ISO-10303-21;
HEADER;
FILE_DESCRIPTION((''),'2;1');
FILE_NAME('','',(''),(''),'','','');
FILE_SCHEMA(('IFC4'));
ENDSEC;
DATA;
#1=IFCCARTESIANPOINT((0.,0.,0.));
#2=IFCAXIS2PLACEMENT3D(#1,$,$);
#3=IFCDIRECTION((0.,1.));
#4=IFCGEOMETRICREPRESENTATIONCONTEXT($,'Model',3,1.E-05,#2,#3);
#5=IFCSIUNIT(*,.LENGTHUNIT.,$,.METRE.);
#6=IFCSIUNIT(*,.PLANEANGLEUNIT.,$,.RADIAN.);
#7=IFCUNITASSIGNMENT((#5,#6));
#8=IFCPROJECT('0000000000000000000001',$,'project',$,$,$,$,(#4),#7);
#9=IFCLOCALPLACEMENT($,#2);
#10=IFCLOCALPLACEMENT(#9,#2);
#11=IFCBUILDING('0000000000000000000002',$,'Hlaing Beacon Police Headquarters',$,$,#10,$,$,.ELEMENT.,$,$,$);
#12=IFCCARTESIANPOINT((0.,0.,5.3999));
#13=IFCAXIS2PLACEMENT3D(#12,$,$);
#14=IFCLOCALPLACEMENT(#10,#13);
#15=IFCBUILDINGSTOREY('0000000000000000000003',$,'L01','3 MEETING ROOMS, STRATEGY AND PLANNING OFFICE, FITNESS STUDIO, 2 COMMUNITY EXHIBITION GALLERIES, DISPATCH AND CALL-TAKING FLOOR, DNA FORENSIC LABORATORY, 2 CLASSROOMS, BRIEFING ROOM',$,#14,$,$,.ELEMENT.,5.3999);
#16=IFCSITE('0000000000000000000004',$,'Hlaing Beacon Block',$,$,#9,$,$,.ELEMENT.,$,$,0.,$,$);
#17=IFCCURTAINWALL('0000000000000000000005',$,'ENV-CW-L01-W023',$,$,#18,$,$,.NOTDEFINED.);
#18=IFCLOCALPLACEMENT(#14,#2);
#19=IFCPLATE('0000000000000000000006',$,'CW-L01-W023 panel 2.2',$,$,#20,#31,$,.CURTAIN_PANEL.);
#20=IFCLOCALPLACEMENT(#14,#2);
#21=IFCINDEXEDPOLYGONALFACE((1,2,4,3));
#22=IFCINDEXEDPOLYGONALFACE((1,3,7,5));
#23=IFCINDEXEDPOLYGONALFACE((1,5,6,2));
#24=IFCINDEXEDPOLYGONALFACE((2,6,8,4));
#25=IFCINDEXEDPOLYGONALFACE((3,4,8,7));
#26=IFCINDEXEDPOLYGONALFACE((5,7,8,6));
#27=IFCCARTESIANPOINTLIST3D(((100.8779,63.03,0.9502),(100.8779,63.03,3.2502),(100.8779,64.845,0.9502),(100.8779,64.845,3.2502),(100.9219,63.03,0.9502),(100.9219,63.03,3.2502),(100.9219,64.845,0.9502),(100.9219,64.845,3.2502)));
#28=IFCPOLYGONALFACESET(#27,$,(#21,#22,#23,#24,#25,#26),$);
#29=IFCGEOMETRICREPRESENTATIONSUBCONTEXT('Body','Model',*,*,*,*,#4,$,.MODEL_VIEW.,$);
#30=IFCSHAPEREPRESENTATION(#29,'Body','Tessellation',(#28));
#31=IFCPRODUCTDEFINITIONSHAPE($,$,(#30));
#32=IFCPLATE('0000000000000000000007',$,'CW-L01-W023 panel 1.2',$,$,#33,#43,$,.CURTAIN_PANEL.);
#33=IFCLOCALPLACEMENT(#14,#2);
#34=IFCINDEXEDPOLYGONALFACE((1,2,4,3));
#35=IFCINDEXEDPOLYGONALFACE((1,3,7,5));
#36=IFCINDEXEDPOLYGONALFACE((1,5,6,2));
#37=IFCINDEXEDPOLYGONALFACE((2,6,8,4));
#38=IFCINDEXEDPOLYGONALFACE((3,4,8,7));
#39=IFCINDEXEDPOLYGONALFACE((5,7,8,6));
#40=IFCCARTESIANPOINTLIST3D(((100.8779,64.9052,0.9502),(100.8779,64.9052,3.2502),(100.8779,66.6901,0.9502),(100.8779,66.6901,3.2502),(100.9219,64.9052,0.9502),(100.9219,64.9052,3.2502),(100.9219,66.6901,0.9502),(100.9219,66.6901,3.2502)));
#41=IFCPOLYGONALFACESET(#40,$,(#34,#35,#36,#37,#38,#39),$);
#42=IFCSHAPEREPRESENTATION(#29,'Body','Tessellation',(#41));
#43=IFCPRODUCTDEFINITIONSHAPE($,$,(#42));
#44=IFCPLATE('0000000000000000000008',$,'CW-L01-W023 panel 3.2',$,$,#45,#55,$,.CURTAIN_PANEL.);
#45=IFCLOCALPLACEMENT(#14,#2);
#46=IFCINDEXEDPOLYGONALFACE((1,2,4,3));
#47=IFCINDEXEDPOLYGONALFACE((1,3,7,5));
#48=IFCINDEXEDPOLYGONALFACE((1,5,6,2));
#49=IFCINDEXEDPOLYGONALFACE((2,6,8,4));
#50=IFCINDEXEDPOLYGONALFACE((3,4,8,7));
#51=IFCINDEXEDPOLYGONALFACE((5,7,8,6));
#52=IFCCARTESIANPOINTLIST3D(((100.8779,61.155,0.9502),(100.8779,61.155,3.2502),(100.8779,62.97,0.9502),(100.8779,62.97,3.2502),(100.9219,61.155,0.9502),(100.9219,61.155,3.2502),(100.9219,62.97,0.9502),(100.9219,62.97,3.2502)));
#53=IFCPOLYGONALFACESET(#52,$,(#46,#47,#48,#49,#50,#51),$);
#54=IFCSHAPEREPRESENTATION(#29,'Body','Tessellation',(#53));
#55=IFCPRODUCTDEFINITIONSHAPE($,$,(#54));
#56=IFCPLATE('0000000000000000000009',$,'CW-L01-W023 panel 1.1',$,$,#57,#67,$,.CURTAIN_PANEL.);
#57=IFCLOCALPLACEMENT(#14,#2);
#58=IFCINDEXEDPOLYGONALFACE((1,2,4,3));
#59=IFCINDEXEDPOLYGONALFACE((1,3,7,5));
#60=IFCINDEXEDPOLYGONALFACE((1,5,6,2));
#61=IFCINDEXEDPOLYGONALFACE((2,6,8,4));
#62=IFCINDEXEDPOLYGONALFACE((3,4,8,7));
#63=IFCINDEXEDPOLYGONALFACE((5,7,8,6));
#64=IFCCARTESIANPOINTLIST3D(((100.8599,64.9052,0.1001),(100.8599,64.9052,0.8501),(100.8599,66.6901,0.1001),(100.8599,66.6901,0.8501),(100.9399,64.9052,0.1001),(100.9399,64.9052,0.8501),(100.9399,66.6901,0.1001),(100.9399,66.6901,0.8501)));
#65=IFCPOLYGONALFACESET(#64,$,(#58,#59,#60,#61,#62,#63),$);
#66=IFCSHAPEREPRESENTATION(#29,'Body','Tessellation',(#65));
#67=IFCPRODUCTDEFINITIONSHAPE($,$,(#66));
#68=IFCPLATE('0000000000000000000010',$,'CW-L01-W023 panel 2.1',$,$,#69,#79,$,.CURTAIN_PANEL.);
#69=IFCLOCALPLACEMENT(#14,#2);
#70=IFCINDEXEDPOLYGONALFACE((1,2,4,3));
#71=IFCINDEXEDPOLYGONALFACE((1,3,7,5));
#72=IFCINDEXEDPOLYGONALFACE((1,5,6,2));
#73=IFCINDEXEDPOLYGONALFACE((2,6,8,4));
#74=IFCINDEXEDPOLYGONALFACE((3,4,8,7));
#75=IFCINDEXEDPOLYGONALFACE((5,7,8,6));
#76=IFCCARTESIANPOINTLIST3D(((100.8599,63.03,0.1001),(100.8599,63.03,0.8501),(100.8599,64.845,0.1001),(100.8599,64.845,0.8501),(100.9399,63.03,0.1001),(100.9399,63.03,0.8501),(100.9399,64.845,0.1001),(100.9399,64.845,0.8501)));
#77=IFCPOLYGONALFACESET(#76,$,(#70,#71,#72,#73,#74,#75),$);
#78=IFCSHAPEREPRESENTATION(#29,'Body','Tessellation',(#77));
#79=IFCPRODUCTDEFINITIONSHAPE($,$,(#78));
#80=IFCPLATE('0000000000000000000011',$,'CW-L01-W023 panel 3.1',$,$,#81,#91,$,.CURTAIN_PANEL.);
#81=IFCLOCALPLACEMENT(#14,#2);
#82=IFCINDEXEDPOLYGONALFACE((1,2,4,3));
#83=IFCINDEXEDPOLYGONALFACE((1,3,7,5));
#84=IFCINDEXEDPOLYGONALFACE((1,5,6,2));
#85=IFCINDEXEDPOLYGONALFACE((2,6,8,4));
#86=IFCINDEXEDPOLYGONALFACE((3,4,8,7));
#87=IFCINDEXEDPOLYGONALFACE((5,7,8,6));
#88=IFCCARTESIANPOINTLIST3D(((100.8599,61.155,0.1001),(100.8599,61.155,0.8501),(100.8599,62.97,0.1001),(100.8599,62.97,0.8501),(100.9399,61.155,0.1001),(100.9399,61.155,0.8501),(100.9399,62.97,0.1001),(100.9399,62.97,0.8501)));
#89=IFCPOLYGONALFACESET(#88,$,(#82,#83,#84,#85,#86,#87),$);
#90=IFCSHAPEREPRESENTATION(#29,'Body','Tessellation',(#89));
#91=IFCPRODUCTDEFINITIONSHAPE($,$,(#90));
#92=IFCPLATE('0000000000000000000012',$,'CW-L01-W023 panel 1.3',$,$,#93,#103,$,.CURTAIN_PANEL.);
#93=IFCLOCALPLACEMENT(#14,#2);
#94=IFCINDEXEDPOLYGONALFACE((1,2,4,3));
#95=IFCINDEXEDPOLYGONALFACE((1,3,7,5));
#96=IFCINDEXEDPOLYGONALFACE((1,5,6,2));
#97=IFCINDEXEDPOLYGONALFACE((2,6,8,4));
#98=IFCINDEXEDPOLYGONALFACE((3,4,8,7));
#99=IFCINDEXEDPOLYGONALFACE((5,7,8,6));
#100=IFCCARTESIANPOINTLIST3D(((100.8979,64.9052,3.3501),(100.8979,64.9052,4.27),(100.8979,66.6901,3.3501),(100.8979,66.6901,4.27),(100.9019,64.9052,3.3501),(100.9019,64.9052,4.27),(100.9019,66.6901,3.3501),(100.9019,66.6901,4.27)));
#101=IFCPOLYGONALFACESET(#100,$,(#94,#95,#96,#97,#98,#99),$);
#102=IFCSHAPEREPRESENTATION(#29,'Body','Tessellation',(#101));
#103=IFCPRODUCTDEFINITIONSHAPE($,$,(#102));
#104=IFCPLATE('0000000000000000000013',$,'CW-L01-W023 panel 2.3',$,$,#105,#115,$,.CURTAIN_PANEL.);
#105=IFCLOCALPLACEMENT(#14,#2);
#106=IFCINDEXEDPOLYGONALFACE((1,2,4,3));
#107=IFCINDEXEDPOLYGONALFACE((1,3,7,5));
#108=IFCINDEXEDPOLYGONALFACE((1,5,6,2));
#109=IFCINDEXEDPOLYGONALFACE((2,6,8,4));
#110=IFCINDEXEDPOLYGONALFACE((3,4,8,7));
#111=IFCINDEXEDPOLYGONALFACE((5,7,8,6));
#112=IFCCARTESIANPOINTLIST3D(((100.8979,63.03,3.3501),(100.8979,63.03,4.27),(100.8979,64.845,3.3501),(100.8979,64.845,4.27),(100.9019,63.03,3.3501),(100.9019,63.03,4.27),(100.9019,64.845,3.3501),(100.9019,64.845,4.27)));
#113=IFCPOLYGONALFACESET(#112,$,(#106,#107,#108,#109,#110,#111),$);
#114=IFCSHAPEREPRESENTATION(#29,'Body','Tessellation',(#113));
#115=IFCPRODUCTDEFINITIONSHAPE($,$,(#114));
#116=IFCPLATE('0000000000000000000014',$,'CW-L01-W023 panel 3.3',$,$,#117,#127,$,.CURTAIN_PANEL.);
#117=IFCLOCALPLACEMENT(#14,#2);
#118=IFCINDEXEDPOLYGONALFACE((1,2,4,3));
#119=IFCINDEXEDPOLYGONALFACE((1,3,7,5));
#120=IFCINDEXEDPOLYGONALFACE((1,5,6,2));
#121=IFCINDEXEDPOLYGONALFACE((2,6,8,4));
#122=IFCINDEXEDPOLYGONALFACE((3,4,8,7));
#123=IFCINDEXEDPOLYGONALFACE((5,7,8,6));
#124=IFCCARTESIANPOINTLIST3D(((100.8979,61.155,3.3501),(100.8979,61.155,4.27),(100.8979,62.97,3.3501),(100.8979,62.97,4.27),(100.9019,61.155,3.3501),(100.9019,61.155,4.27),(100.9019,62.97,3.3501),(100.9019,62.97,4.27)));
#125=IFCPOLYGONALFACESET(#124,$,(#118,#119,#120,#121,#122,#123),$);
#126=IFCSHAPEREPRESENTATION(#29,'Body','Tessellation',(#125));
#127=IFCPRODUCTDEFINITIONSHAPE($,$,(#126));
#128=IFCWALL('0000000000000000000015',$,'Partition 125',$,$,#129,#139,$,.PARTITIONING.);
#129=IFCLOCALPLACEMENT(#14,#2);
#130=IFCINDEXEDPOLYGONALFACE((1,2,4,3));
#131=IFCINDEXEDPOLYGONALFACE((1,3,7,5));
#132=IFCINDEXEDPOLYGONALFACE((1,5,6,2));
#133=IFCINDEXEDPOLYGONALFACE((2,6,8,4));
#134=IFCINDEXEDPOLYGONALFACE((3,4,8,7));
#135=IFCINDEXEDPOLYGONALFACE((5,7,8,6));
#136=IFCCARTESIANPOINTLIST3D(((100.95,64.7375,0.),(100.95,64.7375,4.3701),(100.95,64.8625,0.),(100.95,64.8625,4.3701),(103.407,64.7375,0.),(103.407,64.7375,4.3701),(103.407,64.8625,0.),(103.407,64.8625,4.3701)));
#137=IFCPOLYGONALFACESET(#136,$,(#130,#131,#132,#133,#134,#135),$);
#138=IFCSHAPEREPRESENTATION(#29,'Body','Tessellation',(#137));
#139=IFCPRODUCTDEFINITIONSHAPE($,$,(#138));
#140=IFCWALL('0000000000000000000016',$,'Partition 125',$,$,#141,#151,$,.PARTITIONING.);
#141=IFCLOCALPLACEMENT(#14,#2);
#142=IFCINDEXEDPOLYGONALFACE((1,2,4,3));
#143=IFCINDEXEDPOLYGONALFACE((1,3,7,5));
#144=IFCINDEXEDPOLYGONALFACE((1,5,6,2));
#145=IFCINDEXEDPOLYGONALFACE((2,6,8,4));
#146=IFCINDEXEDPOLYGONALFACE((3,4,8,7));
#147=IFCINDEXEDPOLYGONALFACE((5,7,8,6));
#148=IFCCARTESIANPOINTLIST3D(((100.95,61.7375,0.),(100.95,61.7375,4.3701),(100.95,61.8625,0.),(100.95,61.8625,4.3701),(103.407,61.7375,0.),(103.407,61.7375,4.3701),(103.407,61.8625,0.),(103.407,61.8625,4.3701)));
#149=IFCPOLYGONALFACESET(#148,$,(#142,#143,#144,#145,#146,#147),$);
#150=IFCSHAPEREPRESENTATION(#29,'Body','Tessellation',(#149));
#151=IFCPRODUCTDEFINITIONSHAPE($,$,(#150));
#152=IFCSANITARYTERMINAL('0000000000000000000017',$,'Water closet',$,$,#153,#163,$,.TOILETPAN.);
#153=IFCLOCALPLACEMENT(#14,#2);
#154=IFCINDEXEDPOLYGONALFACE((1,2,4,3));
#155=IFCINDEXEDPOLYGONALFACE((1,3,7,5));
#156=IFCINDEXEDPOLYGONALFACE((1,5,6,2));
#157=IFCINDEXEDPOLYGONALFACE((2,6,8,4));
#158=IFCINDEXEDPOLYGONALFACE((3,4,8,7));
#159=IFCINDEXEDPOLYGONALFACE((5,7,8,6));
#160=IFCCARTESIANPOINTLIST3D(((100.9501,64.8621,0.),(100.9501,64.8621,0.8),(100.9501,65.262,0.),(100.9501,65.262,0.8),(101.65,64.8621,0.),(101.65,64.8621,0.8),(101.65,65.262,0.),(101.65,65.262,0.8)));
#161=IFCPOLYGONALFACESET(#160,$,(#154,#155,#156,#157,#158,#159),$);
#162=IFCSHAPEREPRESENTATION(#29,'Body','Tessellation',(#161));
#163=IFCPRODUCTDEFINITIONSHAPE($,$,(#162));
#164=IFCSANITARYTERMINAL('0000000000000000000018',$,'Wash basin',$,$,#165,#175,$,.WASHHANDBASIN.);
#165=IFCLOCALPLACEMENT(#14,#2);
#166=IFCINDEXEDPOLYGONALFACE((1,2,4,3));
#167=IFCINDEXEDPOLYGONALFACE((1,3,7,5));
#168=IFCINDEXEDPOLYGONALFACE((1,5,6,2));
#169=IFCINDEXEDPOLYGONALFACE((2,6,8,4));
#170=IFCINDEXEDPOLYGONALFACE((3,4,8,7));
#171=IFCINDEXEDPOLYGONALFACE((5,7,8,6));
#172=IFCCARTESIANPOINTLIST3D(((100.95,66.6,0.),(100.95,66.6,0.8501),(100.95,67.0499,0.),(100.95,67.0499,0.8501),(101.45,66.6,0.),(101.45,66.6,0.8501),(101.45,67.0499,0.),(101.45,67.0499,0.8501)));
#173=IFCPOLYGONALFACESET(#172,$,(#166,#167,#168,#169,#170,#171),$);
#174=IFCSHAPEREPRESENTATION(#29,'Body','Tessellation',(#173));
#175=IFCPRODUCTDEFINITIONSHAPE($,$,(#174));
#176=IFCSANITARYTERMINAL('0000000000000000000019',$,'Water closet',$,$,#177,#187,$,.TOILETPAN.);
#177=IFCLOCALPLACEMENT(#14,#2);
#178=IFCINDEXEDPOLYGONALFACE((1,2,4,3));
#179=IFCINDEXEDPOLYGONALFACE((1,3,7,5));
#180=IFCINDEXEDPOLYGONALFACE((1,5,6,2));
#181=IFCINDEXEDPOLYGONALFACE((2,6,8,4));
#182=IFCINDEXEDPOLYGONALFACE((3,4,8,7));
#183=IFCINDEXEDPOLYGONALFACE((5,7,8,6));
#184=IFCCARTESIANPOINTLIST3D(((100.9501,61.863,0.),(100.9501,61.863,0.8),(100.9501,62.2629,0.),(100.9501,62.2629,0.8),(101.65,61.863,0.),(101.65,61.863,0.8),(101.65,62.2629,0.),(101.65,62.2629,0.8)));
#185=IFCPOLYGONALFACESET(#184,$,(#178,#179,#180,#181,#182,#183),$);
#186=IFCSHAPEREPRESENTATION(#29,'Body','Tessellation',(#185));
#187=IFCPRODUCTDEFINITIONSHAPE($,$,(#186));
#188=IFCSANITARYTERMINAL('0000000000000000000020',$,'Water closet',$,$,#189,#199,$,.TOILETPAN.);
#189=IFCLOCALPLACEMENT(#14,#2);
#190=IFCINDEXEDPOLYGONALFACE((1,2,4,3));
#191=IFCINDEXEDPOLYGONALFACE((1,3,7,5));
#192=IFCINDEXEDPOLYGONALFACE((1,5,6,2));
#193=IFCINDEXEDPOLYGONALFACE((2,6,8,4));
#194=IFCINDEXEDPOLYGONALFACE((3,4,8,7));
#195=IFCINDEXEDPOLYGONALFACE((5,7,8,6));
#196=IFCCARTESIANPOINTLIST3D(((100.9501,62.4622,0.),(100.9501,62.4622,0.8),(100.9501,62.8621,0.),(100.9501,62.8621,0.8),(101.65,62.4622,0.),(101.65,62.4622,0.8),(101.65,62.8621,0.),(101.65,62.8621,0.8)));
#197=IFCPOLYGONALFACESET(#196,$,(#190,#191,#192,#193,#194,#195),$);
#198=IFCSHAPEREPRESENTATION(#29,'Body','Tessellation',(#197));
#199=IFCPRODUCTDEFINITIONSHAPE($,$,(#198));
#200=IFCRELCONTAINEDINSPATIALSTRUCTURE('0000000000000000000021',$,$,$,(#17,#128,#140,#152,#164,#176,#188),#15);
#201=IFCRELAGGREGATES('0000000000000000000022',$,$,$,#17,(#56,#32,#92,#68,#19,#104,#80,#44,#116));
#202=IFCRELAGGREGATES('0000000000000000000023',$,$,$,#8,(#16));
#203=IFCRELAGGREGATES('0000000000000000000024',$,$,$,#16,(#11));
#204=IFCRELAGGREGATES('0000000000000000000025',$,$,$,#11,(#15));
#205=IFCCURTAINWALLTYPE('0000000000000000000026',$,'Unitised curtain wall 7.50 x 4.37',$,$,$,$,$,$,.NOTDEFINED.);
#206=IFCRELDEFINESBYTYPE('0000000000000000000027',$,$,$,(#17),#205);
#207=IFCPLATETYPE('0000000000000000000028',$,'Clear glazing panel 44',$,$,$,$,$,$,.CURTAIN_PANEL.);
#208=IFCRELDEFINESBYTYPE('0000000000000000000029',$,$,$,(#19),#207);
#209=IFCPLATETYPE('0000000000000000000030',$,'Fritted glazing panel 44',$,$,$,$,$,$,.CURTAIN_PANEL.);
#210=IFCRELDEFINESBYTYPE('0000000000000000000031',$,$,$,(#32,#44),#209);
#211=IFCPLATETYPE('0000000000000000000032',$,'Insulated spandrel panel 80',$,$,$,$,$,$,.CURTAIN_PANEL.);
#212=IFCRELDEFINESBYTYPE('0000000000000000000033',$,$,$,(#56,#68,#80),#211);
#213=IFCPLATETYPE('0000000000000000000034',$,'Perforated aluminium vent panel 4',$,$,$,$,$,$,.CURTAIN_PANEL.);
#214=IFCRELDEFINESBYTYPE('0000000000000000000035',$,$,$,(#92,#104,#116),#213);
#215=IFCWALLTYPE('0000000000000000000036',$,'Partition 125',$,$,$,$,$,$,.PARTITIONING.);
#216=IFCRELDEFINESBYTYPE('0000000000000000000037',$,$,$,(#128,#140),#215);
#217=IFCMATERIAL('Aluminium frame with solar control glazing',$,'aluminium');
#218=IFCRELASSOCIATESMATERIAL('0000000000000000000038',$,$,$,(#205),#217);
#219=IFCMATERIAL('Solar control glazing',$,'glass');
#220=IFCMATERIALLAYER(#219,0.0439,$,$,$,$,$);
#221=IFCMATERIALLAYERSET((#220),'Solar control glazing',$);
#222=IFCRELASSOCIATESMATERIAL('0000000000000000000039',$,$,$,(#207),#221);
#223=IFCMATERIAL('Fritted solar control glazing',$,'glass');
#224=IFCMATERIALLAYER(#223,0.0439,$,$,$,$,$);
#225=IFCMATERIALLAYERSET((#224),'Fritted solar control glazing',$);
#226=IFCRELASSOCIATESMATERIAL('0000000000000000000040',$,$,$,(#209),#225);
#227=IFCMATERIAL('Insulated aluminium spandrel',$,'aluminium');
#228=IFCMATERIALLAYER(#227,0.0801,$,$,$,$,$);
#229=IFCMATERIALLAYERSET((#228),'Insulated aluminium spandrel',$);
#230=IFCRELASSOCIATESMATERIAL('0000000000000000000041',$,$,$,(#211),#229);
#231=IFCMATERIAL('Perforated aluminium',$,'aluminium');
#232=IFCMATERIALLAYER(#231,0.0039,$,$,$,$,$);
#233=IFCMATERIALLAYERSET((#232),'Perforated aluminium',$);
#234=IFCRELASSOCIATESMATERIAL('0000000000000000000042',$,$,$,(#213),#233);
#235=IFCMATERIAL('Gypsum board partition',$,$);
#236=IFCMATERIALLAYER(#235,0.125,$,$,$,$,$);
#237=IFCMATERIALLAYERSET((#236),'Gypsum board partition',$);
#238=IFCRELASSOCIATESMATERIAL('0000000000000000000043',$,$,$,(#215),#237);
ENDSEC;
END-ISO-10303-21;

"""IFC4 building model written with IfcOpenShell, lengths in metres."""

from ifc_helpers import new_model, si_unit, direction, frame, frame_2d, origin, origin_2d, place, context, subcontext, project, spatial, rectangle, extrude, material, layer, layer_set, type_object, element, aggregate, save


model = new_model("IFC4")

# Units and contexts
model_context = context("Model", 3, precision=1e-05, world=origin(), true_north=direction((0.0, 1.0)))
body_context = subcontext(model_context, "Body", "Model", "MODEL_VIEW")
ifc_project = project(units=[si_unit("LENGTHUNIT", "METRE"), si_unit("PLANEANGLEUNIT", "RADIAN")], contexts=[model_context])

# Site, building, storey
site_placement = place(None, origin())
site = spatial("IfcSite", under=ifc_project, at=site_placement, Name="Hlaing Beacon Block", CompositionType="ELEMENT", RefElevation=0.0)
building_placement = place(site_placement, origin())
building = spatial("IfcBuilding", under=site, at=building_placement, Name="Hlaing Beacon Police Headquarters", CompositionType="ELEMENT")
storey_placement = place(building_placement, frame((0.0, 0.0, 5.3999)))
storey = spatial("IfcBuildingStorey", under=building, at=storey_placement, Name="L01", Description="3 MEETING ROOMS, STRATEGY AND PLANNING OFFICE, FITNESS STUDIO, 2 COMMUNITY EXHIBITION GALLERIES, DISPATCH AND CALL-TAKING FLOOR, DNA FORENSIC LABORATORY, 2 CLASSROOMS, BRIEFING ROOM", CompositionType="ELEMENT", Elevation=5.3999)

# Curtain wall, plates
ifc_material_1 = material(Name="Aluminium frame with solar control glazing", Category="aluminium")
curtain_wall_type = type_object("IfcCurtainWallType", Name="Unitised curtain wall 7.50 x 4.37", PredefinedType="NOTDEFINED", material=ifc_material_1)
curtain_wall_placement = place(storey_placement, origin())
curtain_wall = element("IfcCurtainWall", 1, at=curtain_wall_placement, inside=storey, type_object=curtain_wall_type, Name="ENV-CW-L01-W023", PredefinedType="NOTDEFINED")
ifc_material_2 = material(Name="Solar control glazing", Category="glass")
ifc_layer_1 = layer(ifc_material_2, 0.0439)
ifc_layer_set_1 = layer_set([ifc_layer_1], Name="Solar control glazing")
plate_type_1 = type_object("IfcPlateType", Name="Clear glazing panel 44", PredefinedType="CURTAIN_PANEL", material=ifc_layer_set_1)
plate_1_placement = place(storey_placement, frame((100.8999, 63.9375, 0.9502), z_axis=(0.0, 0.0, 1.0), x_axis=(0.0, -1.0, 0.0)))
plate_1 = element("IfcPlate", 2, at=plate_1_placement, type_object=plate_type_1, Name="CW-L01-W023 panel 2.2", PredefinedType="CURTAIN_PANEL", context=body_context, shape_type="SweptSolid", body=[
    extrude(rectangle(XDim=1.8149, YDim=0.0439, at=origin_2d()), origin(), (0.0, 0.0, 1.0), 2.3),
])
ifc_material_3 = material(Name="Fritted solar control glazing", Category="glass")
ifc_layer_2 = layer(ifc_material_3, 0.0439)
ifc_layer_set_2 = layer_set([ifc_layer_2], Name="Fritted solar control glazing")
plate_type_2 = type_object("IfcPlateType", Name="Fritted glazing panel 44", PredefinedType="CURTAIN_PANEL", material=ifc_layer_set_2)
plate_2_placement = place(storey_placement, frame((100.8999, 65.7976, 0.9502), z_axis=(0.0, 0.0, 1.0), x_axis=(0.0, -1.0, 0.0)))
plate_2 = element("IfcPlate", 3, at=plate_2_placement, type_object=plate_type_2, Name="CW-L01-W023 panel 1.2", PredefinedType="CURTAIN_PANEL", context=body_context, shape_type="SweptSolid", body=[
    extrude(rectangle(XDim=1.7849, YDim=0.0439, at=origin_2d()), origin(), (0.0, 0.0, 1.0), 2.3),
])
plate_3_placement = place(storey_placement, frame((100.8999, 62.0625, 0.9502), z_axis=(0.0, 0.0, 1.0), x_axis=(0.0, -1.0, 0.0)))
plate_3 = element("IfcPlate", 4, at=plate_3_placement, type_object=plate_type_2, Name="CW-L01-W023 panel 3.2", PredefinedType="CURTAIN_PANEL", context=body_context, shape_type="SweptSolid", body=[
    extrude(rectangle(XDim=1.8149, YDim=0.0439, at=origin_2d()), origin(), (0.0, 0.0, 1.0), 2.3),
])
ifc_material_4 = material(Name="Insulated aluminium spandrel", Category="aluminium")
ifc_layer_3 = layer(ifc_material_4, 0.0801)
ifc_layer_set_3 = layer_set([ifc_layer_3], Name="Insulated aluminium spandrel")
plate_type_3 = type_object("IfcPlateType", Name="Insulated spandrel panel 80", PredefinedType="CURTAIN_PANEL", material=ifc_layer_set_3)
plate_4_placement = place(storey_placement, frame((100.8999, 65.7976, 0.1001), z_axis=(0.0, 0.0, 1.0), x_axis=(0.0, -1.0, 0.0)))
plate_4 = element("IfcPlate", 5, at=plate_4_placement, type_object=plate_type_3, Name="CW-L01-W023 panel 1.1", PredefinedType="CURTAIN_PANEL", context=body_context, shape_type="SweptSolid", body=[
    extrude(rectangle(XDim=1.7849, YDim=0.0801, at=origin_2d()), origin(), (0.0, 0.0, 1.0), 0.75),
])
plate_5_placement = place(storey_placement, frame((100.8999, 63.9375, 0.1001), z_axis=(0.0, 0.0, 1.0), x_axis=(0.0, -1.0, 0.0)))
plate_5 = element("IfcPlate", 6, at=plate_5_placement, type_object=plate_type_3, Name="CW-L01-W023 panel 2.1", PredefinedType="CURTAIN_PANEL", context=body_context, shape_type="SweptSolid", body=[
    extrude(rectangle(XDim=1.8149, YDim=0.0801, at=origin_2d()), origin(), (0.0, 0.0, 1.0), 0.75),
])
plate_6_placement = place(storey_placement, frame((100.8999, 62.0625, 0.1001), z_axis=(0.0, 0.0, 1.0), x_axis=(0.0, -1.0, 0.0)))
plate_6 = element("IfcPlate", 7, at=plate_6_placement, type_object=plate_type_3, Name="CW-L01-W023 panel 3.1", PredefinedType="CURTAIN_PANEL", context=body_context, shape_type="SweptSolid", body=[
    extrude(rectangle(XDim=1.8149, YDim=0.0801, at=origin_2d()), origin(), (0.0, 0.0, 1.0), 0.75),
])
ifc_material_5 = material(Name="Perforated aluminium", Category="aluminium")
ifc_layer_4 = layer(ifc_material_5, 0.0039)
ifc_layer_set_4 = layer_set([ifc_layer_4], Name="Perforated aluminium")
plate_type_4 = type_object("IfcPlateType", Name="Perforated aluminium vent panel 4", PredefinedType="CURTAIN_PANEL", material=ifc_layer_set_4)
plate_7_placement = place(storey_placement, frame((100.8999, 65.7976, 3.3501), z_axis=(0.0, 0.0, 1.0), x_axis=(0.0, -1.0, 0.0)))
plate_7 = element("IfcPlate", 8, at=plate_7_placement, type_object=plate_type_4, Name="CW-L01-W023 panel 1.3", PredefinedType="CURTAIN_PANEL", context=body_context, shape_type="SweptSolid", body=[
    extrude(rectangle(XDim=1.7849, YDim=0.0039, at=origin_2d()), origin(), (0.0, 0.0, 1.0), 0.9199),
])
plate_8_placement = place(storey_placement, frame((100.8999, 63.9375, 3.3501), z_axis=(0.0, 0.0, 1.0), x_axis=(0.0, -1.0, 0.0)))
plate_8 = element("IfcPlate", 9, at=plate_8_placement, type_object=plate_type_4, Name="CW-L01-W023 panel 2.3", PredefinedType="CURTAIN_PANEL", context=body_context, shape_type="SweptSolid", body=[
    extrude(rectangle(XDim=1.8149, YDim=0.0039, at=origin_2d()), origin(), (0.0, 0.0, 1.0), 0.9199),
])
plate_9_placement = place(storey_placement, frame((100.8999, 62.0625, 3.3501), z_axis=(0.0, 0.0, 1.0), x_axis=(0.0, -1.0, 0.0)))
plate_9 = element("IfcPlate", 10, at=plate_9_placement, type_object=plate_type_4, Name="CW-L01-W023 panel 3.3", PredefinedType="CURTAIN_PANEL", context=body_context, shape_type="SweptSolid", body=[
    extrude(rectangle(XDim=1.8149, YDim=0.0039, at=origin_2d()), origin(), (0.0, 0.0, 1.0), 0.9199),
])
aggregate(curtain_wall, [plate_4, plate_2, plate_7, plate_5, plate_1, plate_8, plate_6, plate_3, plate_9])

# Walls
ifc_material_6 = material(Name="Gypsum board partition")
ifc_layer_5 = layer(ifc_material_6, 0.125)
ifc_layer_set_5 = layer_set([ifc_layer_5], Name="Gypsum board partition")
wall_type = type_object("IfcWallType", Name="Partition 125", PredefinedType="PARTITIONING", material=ifc_layer_set_5)
for number, where, z_axis, x_axis, name in (
    (11, (100.95, 64.8, 0.0), (0.0, 0.0, 1.0), (1.0, 0.0, 0.0), "Partition 125"),
    (12, (100.95, 61.8, 0.0), (0.0, 0.0, 1.0), (1.0, 0.0, 0.0), "Partition 125"),
):
    element("IfcWall", number, at=place(storey_placement, frame(where, z_axis=z_axis, x_axis=x_axis)), inside=storey, type_object=wall_type, Name=name, PredefinedType="PARTITIONING", context=body_context, shape_type="SweptSolid", body=[
        extrude(rectangle(XDim=2.457, YDim=0.125, at=frame_2d((1.2285, 0.0))), origin(), (0.0, 0.0, 1.0), 4.3701),
    ])

# Sanitary terminals
sanitary_terminal_1_placement = place(storey_placement, frame((101.3, 65.062, 0.0), z_axis=(0.0, 0.0, 1.0), x_axis=(1.0, 0.0, 0.0)))
element("IfcSanitaryTerminal", 13, at=sanitary_terminal_1_placement, inside=storey, Name="Water closet", PredefinedType="TOILETPAN", context=body_context, shape_type="SweptSolid", body=[
    extrude(rectangle(XDim=0.7, YDim=0.3999, at=origin_2d()), origin(), (0.0, 0.0, 1.0), 0.8),
])
sanitary_terminal_2_placement = place(storey_placement, frame((101.2, 66.825, 0.0), z_axis=(0.0, 0.0, 1.0), x_axis=(1.0, 0.0, 0.0)))
element("IfcSanitaryTerminal", 14, at=sanitary_terminal_2_placement, inside=storey, Name="Wash basin", PredefinedType="WASHHANDBASIN", context=body_context, shape_type="SweptSolid", body=[
    extrude(rectangle(XDim=0.5, YDim=0.45, at=origin_2d()), origin(), (0.0, 0.0, 1.0), 0.8501),
])
for number, where, z_axis, x_axis, name in (
    (15, (101.3, 62.063, 0.0), (0.0, 0.0, 1.0), (1.0, 0.0, 0.0), "Water closet"),
    (16, (101.3, 62.6621, 0.0), (0.0, 0.0, 1.0), (1.0, 0.0, 0.0), "Water closet"),
):
    element("IfcSanitaryTerminal", number, at=place(storey_placement, frame(where, z_axis=z_axis, x_axis=x_axis)), inside=storey, Name=name, PredefinedType="TOILETPAN", context=body_context, shape_type="SweptSolid", body=[
        extrude(rectangle(XDim=0.7, YDim=0.3999, at=origin_2d()), origin(), (0.0, 0.0, 1.0), 0.8),
    ])

save(model, "model.ifc")
